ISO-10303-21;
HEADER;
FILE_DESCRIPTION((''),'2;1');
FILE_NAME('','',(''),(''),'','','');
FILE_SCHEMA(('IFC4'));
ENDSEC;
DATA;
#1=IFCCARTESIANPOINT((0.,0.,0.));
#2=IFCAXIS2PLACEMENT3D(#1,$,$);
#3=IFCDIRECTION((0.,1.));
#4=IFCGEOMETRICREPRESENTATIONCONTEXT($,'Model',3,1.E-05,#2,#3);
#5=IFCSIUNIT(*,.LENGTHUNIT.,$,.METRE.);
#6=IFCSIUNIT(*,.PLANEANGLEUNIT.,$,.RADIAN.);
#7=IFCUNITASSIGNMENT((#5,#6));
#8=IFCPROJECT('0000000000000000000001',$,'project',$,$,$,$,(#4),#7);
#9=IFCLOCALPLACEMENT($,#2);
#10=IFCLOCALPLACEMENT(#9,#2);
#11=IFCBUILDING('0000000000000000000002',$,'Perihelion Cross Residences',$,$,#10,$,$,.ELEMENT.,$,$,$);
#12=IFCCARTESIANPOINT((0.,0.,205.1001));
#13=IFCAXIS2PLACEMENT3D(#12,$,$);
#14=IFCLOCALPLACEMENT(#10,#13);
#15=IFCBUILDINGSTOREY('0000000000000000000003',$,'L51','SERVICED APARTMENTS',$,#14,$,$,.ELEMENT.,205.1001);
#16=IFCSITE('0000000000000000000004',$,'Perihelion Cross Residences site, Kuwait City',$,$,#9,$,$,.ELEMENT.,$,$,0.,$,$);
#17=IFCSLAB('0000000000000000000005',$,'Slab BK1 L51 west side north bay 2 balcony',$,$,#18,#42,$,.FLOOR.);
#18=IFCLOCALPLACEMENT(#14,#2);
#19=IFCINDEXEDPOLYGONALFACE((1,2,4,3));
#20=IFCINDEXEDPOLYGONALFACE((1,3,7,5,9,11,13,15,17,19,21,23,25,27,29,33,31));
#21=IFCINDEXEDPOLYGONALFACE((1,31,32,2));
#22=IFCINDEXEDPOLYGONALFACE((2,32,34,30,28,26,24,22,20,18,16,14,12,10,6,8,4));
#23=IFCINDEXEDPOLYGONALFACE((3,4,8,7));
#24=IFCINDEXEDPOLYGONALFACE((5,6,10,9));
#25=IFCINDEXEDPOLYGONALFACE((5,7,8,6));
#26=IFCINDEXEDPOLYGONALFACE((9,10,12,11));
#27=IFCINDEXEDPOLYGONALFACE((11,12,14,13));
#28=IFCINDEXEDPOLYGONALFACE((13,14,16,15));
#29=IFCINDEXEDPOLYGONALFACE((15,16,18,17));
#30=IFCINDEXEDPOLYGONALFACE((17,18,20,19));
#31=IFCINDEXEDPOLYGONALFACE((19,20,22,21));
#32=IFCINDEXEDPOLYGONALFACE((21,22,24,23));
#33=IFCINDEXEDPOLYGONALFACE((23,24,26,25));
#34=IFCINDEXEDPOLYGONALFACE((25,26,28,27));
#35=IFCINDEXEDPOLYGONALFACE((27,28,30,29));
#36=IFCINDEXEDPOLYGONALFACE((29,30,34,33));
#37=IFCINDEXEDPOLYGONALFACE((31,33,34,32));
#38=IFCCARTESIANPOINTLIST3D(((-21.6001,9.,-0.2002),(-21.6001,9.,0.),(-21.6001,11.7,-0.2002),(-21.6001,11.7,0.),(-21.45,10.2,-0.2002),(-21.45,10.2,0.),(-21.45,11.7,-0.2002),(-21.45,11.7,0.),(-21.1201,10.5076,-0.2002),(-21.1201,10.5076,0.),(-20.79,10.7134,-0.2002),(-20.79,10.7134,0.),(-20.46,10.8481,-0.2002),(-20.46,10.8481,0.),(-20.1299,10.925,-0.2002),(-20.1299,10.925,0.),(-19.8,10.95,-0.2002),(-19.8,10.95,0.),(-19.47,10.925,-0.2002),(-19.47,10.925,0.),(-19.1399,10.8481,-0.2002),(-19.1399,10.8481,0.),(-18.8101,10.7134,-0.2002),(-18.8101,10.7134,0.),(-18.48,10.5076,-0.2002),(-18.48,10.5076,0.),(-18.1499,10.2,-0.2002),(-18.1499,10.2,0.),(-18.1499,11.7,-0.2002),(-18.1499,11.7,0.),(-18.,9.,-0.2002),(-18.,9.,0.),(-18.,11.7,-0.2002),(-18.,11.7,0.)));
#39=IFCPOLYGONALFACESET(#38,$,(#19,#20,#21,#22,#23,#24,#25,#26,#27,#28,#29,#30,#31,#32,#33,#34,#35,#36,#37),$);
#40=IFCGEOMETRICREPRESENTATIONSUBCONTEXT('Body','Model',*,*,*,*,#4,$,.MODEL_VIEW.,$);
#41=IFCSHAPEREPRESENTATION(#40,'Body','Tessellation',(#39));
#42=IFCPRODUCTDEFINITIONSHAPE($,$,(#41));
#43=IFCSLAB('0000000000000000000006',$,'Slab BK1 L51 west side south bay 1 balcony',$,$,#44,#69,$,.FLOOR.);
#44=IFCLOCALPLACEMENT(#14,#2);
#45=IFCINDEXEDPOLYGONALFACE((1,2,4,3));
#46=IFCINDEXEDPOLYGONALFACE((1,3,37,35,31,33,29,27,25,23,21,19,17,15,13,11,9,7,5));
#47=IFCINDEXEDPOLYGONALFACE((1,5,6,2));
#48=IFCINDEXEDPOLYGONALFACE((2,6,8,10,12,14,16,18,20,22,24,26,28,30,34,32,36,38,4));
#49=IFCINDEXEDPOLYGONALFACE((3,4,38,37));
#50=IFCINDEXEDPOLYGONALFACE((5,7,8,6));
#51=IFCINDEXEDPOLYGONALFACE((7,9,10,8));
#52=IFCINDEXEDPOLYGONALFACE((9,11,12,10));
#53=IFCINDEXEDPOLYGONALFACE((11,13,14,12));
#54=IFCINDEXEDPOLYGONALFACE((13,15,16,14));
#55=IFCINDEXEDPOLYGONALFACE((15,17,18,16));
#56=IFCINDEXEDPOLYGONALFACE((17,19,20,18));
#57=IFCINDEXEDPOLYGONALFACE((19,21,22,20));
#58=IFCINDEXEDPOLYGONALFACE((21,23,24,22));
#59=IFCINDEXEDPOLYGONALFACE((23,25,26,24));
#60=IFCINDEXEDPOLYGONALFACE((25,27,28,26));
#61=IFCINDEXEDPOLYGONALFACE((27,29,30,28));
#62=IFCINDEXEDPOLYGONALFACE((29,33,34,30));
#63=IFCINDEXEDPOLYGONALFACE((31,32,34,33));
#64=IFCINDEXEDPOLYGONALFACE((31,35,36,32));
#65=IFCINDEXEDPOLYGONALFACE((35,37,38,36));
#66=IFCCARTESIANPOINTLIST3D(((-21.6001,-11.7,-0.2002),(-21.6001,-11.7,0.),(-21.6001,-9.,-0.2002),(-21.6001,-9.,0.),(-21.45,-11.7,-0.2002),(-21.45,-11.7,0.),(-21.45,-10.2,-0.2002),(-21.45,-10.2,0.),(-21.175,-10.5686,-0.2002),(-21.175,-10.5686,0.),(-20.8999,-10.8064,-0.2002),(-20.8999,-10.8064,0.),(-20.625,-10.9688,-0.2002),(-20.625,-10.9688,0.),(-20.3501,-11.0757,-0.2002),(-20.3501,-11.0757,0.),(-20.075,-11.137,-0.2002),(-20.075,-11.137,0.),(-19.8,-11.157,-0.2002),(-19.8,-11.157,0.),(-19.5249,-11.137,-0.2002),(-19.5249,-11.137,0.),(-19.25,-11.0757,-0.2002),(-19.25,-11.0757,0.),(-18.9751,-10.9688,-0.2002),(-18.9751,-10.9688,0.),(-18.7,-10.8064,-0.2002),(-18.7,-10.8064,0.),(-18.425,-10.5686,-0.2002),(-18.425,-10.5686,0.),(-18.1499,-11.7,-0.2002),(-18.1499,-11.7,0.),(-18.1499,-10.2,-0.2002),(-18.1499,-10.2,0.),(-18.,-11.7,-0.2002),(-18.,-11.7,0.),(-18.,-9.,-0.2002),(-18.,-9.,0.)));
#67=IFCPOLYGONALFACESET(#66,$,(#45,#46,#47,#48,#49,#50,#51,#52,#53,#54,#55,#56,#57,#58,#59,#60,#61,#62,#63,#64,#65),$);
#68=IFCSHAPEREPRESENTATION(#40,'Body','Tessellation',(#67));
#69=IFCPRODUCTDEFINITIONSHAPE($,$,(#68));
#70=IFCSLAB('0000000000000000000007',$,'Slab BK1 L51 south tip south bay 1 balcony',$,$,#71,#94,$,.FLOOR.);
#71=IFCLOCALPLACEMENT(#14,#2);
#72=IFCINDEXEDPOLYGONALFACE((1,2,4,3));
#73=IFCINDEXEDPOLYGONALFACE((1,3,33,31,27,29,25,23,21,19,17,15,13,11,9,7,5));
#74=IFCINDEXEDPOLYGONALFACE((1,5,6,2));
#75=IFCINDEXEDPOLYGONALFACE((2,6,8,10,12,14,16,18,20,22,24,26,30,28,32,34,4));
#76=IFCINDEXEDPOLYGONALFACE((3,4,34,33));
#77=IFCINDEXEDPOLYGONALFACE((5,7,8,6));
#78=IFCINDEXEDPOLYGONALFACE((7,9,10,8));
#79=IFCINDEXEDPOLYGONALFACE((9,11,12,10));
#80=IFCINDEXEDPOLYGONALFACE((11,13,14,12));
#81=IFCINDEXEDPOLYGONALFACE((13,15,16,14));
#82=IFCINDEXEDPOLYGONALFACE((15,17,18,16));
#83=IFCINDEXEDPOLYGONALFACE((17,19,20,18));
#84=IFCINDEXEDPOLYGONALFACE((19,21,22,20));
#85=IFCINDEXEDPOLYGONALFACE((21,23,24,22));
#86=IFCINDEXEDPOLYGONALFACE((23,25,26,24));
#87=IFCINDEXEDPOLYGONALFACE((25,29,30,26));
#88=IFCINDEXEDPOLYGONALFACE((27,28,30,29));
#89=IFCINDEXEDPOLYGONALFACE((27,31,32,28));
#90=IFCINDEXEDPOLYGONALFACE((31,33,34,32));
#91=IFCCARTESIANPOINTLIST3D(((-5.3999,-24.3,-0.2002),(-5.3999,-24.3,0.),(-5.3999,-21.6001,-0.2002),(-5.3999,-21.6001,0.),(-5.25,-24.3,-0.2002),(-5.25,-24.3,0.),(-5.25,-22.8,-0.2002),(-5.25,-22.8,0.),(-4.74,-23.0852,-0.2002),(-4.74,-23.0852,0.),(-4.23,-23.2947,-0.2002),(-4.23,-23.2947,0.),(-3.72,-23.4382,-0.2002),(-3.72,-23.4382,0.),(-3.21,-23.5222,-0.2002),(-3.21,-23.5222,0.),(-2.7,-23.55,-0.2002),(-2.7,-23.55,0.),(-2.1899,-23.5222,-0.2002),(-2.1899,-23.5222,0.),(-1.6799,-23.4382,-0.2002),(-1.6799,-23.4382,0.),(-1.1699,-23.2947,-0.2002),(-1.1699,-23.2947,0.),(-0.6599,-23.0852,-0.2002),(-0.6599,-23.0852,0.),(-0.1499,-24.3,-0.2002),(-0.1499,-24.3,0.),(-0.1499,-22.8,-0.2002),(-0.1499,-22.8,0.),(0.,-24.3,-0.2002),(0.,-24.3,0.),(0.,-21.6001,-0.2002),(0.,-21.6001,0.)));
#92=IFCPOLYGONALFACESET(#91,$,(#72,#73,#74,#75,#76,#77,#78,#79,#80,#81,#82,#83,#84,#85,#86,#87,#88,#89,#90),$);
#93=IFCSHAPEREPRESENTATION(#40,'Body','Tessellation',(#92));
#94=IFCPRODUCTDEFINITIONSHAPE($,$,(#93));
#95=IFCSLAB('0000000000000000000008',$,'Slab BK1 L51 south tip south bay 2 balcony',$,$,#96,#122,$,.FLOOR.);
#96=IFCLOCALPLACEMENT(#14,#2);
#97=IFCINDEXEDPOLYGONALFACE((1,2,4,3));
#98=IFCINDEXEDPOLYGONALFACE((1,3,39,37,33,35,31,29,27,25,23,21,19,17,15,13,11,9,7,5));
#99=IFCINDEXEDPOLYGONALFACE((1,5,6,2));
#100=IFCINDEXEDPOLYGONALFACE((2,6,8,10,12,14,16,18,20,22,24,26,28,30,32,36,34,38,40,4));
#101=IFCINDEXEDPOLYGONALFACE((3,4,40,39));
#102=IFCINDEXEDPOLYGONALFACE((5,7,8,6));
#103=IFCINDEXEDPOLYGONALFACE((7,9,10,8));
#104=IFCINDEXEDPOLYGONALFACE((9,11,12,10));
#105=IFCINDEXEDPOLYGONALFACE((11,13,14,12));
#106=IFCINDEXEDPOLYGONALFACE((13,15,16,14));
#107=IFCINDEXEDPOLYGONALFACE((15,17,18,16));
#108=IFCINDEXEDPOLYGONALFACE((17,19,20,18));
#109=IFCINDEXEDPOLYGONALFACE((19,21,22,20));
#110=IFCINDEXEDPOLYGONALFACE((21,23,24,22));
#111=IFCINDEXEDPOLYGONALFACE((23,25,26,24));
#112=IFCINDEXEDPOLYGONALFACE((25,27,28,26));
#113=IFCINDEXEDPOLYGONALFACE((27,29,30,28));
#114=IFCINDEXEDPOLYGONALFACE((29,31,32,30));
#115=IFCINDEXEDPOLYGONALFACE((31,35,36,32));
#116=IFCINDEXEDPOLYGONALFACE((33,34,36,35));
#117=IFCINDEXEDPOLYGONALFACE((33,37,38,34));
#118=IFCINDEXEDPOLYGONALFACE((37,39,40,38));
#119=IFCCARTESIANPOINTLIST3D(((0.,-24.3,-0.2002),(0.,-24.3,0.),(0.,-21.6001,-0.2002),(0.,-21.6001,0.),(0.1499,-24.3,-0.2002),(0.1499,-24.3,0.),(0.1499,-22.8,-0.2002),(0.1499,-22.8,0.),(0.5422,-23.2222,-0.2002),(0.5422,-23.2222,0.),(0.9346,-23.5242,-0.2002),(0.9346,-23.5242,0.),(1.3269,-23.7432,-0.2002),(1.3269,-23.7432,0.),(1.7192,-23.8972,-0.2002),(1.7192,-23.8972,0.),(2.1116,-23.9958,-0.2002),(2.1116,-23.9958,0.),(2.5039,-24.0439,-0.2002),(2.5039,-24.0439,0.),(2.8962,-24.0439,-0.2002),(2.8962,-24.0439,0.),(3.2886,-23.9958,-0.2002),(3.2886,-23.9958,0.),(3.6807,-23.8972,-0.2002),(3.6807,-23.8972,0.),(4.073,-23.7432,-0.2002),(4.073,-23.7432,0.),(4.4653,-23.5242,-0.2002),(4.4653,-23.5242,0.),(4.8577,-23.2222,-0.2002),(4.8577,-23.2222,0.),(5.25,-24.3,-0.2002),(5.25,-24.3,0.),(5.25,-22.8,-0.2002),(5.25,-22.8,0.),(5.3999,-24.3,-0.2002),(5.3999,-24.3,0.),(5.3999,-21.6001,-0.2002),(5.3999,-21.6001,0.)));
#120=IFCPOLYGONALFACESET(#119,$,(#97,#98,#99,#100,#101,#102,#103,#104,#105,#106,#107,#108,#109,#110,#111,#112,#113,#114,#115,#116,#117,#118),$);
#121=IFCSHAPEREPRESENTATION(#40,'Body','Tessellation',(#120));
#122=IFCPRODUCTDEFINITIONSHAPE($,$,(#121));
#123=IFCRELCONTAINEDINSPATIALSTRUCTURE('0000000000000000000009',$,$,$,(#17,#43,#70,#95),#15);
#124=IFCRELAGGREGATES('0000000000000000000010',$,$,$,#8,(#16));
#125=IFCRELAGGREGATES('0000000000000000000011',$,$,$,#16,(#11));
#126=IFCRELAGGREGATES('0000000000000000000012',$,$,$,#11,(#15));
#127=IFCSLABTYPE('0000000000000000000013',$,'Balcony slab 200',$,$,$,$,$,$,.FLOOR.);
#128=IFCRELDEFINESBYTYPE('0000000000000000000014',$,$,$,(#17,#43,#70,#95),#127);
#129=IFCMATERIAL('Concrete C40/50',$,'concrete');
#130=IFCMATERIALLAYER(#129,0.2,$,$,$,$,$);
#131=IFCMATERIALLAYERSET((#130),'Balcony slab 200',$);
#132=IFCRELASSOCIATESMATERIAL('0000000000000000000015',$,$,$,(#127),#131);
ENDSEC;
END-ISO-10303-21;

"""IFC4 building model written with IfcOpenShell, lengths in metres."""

from ifc_helpers import new_model, si_unit, direction, frame, origin, place, context, subcontext, project, spatial, polyline, outline, extrude, material, layer, layer_set, type_object, element, save


model = new_model("IFC4")

# Units and contexts
model_context = context("Model", 3, precision=1e-05, world=origin(), true_north=direction((0.0, 1.0)))
body_context = subcontext(model_context, "Body", "Model", "MODEL_VIEW")
ifc_project = project(units=[si_unit("LENGTHUNIT", "METRE"), si_unit("PLANEANGLEUNIT", "RADIAN")], contexts=[model_context])

# Site, building, storey
site_placement = place(None, origin())
site = spatial("IfcSite", under=ifc_project, at=site_placement, Name="Perihelion Cross Residences site, Kuwait City", CompositionType="ELEMENT", RefElevation=0.0)
building_placement = place(site_placement, origin())
building = spatial("IfcBuilding", under=site, at=building_placement, Name="Perihelion Cross Residences", CompositionType="ELEMENT")
storey_placement = place(building_placement, frame((0.0, 0.0, 205.1001)))
storey = spatial("IfcBuildingStorey", under=building, at=storey_placement, Name="L51", Description="SERVICED APARTMENTS", CompositionType="ELEMENT", Elevation=205.1001)

# Slabs
ifc_material_1 = material(Name="Concrete C40/50", Category="concrete")
ifc_layer_1 = layer(ifc_material_1, 0.2)
ifc_layer_set_1 = layer_set([ifc_layer_1], Name="Balcony slab 200")
slab_type_1 = type_object("IfcSlabType", Name="Balcony slab 200", PredefinedType="FLOOR", material=ifc_layer_set_1)
slab_1_placement = place(storey_placement, frame((0.0, 0.0, -0.2002)))
element("IfcSlab", 1, at=slab_1_placement, inside=storey, type_object=slab_type_1, Name="Slab BK1 L51 west side north bay 2 balcony", PredefinedType="FLOOR", context=body_context, shape_type="SweptSolid", body=[
    extrude(outline(polyline([(-18.0, 9.0), (-21.6001, 9.0), (-21.6001, 11.7), (-21.45, 11.7), (-21.45, 10.2), (-21.1201, 10.5076), (-20.79, 10.7134), (-20.46, 10.8481), (-20.1299, 10.925), (-19.8, 10.95), (-19.47, 10.925), (-19.1399, 10.8481), (-18.8101, 10.7134), (-18.48, 10.5076), (-18.1499, 10.2), (-18.1499, 11.7), (-18.0, 11.7), (-18.0, 9.0)])), origin(), (0.0, 0.0, 1.0), 0.2002),
])
slab_2_placement = place(storey_placement, frame((0.0, 0.0, -0.2002)))
element("IfcSlab", 2, at=slab_2_placement, inside=storey, type_object=slab_type_1, Name="Slab BK1 L51 west side south bay 1 balcony", PredefinedType="FLOOR", context=body_context, shape_type="SweptSolid", body=[
    extrude(outline(polyline([(-21.6001, -9.0), (-18.0, -9.0), (-18.0, -11.7), (-18.1499, -11.7), (-18.1499, -10.2), (-18.425, -10.5686), (-18.7, -10.8064), (-18.9751, -10.9688), (-19.25, -11.0757), (-19.5249, -11.137), (-19.8, -11.157), (-20.075, -11.137), (-20.3501, -11.0757), (-20.625, -10.9688), (-20.8999, -10.8064), (-21.175, -10.5686), (-21.45, -10.2), (-21.45, -11.7), (-21.6001, -11.7), (-21.6001, -9.0)])), origin(), (0.0, 0.0, 1.0), 0.2002),
])
slab_3_placement = place(storey_placement, frame((0.0, 0.0, -0.2002)))
element("IfcSlab", 3, at=slab_3_placement, inside=storey, type_object=slab_type_1, Name="Slab BK1 L51 south tip south bay 1 balcony", PredefinedType="FLOOR", context=body_context, shape_type="SweptSolid", body=[
    extrude(outline(polyline([(-5.3999, -21.6001), (0.0, -21.6001), (0.0, -24.3), (-0.1499, -24.3), (-0.1499, -22.8), (-0.6599, -23.0852), (-1.1699, -23.2947), (-1.6799, -23.4382), (-2.1899, -23.5222), (-2.7, -23.55), (-3.21, -23.5222), (-3.72, -23.4382), (-4.23, -23.2947), (-4.74, -23.0852), (-5.25, -22.8), (-5.25, -24.3), (-5.3999, -24.3), (-5.3999, -21.6001)])), origin(), (0.0, 0.0, 1.0), 0.2002),
])
slab_4_placement = place(storey_placement, frame((0.0, 0.0, -0.2002)))
element("IfcSlab", 4, at=slab_4_placement, inside=storey, type_object=slab_type_1, Name="Slab BK1 L51 south tip south bay 2 balcony", PredefinedType="FLOOR", context=body_context, shape_type="SweptSolid", body=[
    extrude(outline(polyline([(0.0, -21.6001), (5.3999, -21.6001), (5.3999, -24.3), (5.25, -24.3), (5.25, -22.8), (4.8577, -23.2222), (4.4653, -23.5242), (4.073, -23.7432), (3.6807, -23.8972), (3.2886, -23.9958), (2.8962, -24.0439), (2.5039, -24.0439), (2.1116, -23.9958), (1.7192, -23.8972), (1.3269, -23.7432), (0.9346, -23.5242), (0.5422, -23.2222), (0.1499, -22.8), (0.1499, -24.3), (0.0, -24.3), (0.0, -21.6001)])), origin(), (0.0, 0.0, 1.0), 0.2002),
])

save(model, "model.ifc")
